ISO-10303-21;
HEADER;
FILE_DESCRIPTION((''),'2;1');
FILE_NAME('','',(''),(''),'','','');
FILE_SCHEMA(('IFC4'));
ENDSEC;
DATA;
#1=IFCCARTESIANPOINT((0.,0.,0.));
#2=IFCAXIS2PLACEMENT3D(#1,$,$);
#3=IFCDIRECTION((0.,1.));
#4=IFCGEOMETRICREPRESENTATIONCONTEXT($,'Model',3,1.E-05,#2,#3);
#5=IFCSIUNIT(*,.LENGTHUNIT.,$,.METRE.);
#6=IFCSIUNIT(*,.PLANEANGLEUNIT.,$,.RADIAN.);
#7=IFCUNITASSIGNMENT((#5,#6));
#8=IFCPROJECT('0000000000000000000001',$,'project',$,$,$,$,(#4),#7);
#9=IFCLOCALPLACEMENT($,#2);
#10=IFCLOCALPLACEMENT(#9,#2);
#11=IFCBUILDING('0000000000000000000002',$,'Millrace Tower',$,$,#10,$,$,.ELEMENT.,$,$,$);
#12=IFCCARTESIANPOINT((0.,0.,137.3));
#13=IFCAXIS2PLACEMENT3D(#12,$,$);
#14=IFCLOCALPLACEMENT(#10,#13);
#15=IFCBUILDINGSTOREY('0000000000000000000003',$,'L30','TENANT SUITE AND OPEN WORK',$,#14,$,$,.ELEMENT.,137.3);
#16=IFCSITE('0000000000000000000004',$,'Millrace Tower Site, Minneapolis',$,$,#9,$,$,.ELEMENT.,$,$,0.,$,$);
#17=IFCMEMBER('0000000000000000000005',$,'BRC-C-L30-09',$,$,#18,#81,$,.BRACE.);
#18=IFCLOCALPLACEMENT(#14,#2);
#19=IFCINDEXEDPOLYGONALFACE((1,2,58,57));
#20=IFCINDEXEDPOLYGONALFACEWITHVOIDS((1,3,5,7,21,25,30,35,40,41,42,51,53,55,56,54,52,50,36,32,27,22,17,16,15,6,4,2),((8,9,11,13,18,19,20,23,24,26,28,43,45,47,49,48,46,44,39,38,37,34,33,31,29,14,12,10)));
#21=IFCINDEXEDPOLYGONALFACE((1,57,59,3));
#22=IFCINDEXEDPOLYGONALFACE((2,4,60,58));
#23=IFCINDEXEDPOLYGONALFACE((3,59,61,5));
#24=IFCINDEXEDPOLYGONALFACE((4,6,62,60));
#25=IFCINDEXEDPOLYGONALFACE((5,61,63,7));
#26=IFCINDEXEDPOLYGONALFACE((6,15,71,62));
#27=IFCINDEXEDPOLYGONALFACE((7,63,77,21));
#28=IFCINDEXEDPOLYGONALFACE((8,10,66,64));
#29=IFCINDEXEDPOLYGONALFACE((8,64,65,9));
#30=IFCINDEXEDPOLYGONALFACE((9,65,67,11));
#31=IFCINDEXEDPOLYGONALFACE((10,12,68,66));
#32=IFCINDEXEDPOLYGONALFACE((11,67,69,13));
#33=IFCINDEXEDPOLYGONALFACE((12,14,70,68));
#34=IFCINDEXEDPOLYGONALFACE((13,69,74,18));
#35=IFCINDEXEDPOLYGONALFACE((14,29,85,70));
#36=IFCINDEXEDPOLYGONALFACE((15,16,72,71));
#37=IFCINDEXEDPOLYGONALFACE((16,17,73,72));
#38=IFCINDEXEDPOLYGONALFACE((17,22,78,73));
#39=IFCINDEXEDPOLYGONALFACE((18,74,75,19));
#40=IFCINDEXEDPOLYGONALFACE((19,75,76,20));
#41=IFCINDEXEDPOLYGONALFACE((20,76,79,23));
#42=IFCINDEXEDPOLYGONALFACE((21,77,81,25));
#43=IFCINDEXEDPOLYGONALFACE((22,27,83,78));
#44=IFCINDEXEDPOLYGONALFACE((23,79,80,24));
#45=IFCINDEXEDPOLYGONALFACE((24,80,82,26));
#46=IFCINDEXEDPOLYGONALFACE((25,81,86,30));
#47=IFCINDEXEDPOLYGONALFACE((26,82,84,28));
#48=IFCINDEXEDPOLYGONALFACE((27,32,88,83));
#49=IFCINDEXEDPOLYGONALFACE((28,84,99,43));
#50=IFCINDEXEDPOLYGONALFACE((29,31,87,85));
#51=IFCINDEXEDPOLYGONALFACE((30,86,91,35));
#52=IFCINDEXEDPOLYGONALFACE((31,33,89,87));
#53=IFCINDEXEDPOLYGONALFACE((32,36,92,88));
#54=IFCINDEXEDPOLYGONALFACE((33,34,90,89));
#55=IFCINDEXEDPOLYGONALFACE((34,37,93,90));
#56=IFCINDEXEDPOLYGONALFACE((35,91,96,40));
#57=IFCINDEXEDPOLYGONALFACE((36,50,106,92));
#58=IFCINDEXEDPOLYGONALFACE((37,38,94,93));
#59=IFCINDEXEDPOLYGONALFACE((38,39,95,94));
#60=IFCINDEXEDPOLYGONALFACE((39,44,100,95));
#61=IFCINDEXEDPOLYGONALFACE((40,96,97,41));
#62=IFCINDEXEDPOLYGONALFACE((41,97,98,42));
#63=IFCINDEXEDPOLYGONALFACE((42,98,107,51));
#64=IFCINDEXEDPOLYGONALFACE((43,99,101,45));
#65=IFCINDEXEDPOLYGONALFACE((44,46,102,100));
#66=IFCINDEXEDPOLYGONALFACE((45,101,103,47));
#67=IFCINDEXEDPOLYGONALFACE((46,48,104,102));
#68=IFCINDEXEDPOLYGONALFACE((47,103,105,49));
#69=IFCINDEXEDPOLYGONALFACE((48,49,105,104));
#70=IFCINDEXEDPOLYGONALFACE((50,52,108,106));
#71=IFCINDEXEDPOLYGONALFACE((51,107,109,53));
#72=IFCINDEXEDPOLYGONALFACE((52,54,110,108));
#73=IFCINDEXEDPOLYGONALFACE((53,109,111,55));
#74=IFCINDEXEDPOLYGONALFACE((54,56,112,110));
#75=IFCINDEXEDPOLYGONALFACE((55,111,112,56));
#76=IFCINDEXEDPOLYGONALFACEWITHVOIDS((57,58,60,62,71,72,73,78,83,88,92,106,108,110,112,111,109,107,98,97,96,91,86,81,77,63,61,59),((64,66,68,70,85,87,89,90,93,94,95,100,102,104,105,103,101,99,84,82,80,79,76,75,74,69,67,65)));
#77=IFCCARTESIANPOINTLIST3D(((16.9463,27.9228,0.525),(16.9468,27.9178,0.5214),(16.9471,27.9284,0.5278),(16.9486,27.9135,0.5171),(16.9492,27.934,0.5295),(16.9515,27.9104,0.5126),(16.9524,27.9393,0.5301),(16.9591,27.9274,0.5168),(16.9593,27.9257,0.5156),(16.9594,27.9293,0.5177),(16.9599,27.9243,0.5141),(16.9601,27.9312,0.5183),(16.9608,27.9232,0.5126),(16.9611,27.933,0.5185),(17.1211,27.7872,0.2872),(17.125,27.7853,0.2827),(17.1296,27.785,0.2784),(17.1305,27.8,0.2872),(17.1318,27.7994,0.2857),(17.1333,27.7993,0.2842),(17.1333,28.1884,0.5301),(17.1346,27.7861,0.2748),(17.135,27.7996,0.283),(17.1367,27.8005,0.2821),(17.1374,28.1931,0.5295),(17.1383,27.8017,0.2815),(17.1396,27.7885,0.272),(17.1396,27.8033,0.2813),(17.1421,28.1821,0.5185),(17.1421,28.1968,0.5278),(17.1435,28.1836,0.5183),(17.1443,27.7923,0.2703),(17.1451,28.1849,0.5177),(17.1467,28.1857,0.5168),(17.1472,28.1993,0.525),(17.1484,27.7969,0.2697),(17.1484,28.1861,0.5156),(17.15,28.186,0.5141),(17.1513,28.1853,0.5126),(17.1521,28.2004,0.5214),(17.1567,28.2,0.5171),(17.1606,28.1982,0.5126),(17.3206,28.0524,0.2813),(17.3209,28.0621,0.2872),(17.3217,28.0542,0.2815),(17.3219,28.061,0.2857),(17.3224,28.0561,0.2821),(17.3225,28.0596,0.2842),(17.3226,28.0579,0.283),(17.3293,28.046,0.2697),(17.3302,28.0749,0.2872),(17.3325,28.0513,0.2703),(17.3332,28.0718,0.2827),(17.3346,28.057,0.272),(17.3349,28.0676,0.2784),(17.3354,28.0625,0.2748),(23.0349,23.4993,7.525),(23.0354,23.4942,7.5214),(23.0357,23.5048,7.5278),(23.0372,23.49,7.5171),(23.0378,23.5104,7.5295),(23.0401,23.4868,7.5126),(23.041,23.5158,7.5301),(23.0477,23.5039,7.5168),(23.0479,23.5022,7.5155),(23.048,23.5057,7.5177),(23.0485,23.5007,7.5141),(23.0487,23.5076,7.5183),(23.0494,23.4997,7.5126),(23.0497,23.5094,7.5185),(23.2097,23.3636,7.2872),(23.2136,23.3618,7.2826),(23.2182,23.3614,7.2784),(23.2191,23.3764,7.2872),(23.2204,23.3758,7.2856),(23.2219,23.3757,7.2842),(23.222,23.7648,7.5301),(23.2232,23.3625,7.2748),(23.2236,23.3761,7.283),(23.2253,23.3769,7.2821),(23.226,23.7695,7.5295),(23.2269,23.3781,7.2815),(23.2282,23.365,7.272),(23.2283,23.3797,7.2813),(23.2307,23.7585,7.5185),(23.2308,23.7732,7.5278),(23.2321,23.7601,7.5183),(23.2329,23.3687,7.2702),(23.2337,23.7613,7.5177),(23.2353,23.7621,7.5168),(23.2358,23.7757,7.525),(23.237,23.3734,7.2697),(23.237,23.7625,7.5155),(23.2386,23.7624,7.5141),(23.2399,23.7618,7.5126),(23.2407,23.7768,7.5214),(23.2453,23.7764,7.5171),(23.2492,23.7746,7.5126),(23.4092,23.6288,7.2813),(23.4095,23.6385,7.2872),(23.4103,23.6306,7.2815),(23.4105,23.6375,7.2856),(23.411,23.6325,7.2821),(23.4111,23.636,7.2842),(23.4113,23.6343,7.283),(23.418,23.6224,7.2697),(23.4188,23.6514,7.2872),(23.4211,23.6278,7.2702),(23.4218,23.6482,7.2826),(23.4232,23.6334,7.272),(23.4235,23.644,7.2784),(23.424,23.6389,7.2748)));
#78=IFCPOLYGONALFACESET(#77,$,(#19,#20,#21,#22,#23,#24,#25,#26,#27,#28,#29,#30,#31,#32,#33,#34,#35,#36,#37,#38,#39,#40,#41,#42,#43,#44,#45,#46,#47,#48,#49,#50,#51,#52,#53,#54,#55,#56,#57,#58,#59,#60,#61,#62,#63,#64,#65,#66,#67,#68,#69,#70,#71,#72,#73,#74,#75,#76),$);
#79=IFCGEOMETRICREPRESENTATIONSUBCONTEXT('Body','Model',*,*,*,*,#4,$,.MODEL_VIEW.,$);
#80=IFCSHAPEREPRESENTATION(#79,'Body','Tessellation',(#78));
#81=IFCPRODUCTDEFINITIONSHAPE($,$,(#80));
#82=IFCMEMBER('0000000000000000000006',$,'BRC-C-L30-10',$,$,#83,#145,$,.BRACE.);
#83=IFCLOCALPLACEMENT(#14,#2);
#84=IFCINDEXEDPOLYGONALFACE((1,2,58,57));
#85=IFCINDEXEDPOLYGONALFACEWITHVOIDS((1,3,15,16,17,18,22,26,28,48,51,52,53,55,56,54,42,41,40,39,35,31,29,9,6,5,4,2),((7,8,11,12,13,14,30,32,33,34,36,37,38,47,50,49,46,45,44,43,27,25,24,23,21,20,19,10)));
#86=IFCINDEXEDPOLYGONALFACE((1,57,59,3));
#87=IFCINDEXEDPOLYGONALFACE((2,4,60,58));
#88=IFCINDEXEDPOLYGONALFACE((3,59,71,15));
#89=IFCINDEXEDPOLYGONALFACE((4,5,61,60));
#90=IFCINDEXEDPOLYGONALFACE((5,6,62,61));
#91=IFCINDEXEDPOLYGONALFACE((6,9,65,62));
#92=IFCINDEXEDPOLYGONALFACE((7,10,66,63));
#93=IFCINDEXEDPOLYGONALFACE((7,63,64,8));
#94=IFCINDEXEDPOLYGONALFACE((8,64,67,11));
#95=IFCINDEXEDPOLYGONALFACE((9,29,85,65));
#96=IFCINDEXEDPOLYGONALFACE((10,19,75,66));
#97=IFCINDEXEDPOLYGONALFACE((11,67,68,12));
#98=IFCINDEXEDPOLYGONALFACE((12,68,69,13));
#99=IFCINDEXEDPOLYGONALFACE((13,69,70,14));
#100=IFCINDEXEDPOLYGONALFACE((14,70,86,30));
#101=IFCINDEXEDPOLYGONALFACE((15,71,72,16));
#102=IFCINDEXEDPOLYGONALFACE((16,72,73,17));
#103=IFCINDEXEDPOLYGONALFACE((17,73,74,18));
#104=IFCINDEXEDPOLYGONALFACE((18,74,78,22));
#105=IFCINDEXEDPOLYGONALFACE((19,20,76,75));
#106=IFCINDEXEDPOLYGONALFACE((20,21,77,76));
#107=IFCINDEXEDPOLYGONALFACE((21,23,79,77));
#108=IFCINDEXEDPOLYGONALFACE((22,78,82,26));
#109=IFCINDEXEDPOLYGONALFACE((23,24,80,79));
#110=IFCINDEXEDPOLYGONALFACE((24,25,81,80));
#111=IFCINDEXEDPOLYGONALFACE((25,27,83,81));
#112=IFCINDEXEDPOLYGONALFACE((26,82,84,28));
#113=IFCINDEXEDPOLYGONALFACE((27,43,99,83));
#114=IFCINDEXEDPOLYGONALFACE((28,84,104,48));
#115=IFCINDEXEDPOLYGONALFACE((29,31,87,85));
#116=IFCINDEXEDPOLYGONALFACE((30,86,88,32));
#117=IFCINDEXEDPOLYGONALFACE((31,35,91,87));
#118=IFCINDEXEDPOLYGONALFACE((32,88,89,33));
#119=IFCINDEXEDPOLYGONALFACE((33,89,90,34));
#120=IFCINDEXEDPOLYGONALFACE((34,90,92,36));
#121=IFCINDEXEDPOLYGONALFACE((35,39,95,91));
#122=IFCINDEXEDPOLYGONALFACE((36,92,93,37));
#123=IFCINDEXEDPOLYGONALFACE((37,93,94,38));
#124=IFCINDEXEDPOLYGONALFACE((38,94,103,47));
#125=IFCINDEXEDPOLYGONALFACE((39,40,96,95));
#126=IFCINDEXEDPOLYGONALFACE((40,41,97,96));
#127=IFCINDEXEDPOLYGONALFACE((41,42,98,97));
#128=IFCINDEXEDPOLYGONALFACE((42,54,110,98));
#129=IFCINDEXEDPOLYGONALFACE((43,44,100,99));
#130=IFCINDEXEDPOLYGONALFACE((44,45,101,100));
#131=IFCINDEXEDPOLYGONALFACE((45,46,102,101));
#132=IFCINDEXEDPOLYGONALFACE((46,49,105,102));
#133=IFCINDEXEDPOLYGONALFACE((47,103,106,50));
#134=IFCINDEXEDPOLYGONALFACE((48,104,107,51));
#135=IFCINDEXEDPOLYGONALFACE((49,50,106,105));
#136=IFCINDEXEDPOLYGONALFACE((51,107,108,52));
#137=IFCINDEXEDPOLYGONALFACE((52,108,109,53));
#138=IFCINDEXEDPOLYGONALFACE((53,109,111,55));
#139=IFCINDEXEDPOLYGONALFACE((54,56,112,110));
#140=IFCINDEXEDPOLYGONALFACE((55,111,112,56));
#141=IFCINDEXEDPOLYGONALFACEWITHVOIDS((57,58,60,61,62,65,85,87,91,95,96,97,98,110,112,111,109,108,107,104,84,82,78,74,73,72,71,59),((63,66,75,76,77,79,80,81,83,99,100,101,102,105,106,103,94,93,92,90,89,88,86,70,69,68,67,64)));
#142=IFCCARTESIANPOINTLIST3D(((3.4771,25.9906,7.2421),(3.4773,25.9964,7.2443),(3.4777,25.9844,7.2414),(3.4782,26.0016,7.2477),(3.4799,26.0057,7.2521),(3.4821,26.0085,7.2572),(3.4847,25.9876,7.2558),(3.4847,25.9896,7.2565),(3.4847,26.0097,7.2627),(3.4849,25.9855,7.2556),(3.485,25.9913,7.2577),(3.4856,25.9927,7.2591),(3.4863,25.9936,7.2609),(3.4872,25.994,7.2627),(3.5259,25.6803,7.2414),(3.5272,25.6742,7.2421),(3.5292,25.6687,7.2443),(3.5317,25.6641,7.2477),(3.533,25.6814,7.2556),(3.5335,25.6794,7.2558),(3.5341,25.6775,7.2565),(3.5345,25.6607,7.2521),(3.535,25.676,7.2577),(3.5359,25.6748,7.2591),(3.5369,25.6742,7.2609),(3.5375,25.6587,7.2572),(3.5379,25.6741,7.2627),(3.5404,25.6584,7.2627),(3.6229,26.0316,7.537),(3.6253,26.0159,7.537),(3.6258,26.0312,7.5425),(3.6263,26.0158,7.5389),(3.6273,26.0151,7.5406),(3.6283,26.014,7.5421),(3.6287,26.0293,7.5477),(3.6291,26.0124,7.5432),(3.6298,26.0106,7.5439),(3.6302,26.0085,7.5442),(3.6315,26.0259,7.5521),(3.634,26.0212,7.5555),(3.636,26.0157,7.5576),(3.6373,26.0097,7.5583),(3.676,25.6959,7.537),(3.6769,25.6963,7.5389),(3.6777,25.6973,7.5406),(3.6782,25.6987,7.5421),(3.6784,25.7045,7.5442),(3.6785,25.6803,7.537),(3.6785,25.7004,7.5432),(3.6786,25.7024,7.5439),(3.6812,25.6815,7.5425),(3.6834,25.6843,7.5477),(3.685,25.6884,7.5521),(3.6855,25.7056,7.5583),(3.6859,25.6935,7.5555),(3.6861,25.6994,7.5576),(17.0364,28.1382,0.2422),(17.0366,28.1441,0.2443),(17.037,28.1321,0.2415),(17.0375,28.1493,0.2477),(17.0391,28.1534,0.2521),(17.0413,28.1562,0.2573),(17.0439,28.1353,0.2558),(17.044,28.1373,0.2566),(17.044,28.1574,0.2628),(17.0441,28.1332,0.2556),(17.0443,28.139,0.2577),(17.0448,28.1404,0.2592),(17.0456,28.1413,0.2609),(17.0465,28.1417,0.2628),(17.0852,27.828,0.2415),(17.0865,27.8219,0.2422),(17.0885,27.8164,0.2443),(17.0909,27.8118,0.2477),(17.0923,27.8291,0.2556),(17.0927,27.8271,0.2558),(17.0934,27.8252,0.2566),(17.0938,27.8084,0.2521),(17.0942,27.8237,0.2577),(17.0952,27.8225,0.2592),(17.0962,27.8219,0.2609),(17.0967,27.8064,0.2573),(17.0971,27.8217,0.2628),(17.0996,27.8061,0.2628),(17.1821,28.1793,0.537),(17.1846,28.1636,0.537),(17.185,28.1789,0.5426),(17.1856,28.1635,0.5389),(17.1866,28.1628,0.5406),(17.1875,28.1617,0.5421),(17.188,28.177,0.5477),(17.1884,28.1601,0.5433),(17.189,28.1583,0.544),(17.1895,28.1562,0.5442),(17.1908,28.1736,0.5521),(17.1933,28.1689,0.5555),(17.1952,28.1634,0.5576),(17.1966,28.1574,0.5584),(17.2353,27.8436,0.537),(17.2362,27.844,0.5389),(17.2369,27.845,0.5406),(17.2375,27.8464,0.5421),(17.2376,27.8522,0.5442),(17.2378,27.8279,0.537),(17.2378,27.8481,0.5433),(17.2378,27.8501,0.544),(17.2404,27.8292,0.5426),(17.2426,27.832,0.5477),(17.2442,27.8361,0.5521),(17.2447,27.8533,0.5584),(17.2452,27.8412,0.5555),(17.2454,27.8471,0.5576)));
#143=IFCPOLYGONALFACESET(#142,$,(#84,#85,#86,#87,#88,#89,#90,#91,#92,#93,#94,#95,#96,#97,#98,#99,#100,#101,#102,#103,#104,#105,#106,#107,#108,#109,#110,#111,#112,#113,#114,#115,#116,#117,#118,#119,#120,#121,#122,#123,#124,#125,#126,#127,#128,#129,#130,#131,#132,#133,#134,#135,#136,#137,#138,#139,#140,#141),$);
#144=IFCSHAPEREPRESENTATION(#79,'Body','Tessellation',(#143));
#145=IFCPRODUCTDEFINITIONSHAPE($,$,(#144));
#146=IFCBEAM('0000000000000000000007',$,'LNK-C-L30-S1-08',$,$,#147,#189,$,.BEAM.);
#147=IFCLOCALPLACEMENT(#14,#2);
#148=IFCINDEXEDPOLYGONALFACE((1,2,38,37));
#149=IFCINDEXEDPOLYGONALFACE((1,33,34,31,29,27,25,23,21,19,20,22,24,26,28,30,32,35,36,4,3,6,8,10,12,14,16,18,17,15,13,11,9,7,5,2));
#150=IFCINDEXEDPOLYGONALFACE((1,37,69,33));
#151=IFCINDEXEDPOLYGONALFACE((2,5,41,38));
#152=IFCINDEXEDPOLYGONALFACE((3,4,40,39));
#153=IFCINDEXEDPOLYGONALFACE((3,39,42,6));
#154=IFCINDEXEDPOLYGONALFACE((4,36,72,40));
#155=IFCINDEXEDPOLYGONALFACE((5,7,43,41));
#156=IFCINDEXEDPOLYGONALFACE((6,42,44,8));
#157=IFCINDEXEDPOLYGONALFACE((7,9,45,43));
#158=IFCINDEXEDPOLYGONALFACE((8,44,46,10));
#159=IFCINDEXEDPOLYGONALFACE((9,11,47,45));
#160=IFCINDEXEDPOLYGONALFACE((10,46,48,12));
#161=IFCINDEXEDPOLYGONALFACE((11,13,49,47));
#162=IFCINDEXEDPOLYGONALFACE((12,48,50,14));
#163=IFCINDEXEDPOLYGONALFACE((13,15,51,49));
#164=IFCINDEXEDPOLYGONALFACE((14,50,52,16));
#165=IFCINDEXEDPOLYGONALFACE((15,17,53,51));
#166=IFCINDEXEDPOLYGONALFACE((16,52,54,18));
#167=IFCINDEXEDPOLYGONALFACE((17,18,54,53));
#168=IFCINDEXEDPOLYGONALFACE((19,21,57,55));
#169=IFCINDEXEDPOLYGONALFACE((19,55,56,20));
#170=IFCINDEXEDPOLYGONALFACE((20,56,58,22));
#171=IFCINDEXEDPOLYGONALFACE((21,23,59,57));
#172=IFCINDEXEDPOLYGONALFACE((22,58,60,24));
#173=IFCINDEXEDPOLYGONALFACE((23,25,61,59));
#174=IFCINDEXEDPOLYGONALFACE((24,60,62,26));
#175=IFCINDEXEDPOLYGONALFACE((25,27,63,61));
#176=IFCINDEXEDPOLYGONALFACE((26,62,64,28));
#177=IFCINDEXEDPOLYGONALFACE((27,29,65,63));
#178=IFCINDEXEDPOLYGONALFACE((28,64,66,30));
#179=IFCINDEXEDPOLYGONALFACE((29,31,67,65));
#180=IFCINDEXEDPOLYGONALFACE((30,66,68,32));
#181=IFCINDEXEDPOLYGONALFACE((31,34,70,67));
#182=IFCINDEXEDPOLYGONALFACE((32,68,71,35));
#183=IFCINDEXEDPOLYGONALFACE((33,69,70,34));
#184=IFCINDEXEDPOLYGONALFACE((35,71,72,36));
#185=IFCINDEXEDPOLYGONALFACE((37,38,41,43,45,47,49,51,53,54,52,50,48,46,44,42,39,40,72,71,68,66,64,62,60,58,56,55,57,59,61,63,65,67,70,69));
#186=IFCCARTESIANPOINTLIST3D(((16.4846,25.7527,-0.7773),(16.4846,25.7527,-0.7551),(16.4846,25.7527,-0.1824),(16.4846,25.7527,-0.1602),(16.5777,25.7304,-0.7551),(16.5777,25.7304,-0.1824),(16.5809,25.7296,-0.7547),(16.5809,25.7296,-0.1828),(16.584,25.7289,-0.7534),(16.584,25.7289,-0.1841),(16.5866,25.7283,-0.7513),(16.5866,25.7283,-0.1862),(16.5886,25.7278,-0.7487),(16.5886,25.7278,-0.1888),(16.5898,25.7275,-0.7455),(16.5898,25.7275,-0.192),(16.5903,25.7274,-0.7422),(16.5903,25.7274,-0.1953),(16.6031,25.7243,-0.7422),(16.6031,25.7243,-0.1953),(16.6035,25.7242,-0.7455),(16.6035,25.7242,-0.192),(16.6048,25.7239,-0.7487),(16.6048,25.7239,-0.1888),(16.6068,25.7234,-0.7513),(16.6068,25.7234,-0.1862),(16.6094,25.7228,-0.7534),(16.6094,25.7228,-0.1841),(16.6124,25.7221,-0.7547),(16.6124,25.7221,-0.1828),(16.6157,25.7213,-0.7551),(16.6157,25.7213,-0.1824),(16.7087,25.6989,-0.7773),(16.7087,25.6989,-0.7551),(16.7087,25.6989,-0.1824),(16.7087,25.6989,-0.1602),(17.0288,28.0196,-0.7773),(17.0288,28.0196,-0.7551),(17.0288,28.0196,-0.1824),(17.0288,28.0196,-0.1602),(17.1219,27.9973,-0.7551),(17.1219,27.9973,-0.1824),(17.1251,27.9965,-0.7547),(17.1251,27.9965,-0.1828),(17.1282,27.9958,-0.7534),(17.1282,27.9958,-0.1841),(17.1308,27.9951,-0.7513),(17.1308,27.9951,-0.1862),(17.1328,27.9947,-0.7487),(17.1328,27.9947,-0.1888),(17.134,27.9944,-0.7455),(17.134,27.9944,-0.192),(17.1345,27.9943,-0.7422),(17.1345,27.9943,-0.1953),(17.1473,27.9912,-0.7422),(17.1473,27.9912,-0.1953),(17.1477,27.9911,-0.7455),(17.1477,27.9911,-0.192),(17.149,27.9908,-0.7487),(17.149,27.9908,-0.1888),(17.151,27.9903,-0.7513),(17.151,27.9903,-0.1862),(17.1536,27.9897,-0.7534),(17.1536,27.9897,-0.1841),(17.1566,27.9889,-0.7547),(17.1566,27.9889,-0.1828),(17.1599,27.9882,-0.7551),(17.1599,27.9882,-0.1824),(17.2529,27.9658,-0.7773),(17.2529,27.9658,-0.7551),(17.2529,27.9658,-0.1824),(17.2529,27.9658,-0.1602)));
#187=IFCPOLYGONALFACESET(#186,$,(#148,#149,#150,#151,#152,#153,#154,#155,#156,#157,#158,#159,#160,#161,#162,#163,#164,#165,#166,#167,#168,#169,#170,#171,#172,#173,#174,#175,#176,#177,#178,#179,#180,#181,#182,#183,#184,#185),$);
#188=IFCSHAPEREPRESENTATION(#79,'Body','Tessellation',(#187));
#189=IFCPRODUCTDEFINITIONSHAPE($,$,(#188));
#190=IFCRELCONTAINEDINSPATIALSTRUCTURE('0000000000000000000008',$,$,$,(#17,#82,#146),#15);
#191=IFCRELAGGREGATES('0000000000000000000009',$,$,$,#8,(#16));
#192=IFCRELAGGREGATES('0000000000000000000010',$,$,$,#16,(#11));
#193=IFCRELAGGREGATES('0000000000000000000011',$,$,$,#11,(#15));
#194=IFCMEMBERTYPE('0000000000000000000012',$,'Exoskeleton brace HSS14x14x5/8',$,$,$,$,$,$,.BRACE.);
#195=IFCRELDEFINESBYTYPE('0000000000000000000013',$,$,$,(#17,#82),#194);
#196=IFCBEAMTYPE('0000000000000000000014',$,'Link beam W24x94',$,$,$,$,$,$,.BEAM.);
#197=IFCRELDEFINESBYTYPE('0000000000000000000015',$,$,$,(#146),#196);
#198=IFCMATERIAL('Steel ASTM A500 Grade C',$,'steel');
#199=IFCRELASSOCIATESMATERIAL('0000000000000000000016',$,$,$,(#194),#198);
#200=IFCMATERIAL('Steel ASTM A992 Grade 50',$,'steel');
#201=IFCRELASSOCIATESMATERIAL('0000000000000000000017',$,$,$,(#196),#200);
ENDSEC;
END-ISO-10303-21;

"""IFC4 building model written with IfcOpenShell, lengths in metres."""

from ifc_helpers import new_model, si_unit, direction, frame, origin, origin_2d, place, context, subcontext, project, spatial, hollow_rectangle, i_section, extrude, material, material_profile, profile_set, type_object, element, save


model = new_model("IFC4")

# Units and contexts
model_context = context("Model", 3, precision=1e-05, world=origin(), true_north=direction((0.0, 1.0)))
body_context = subcontext(model_context, "Body", "Model", "MODEL_VIEW")
ifc_project = project(units=[si_unit("LENGTHUNIT", "METRE"), si_unit("PLANEANGLEUNIT", "RADIAN")], contexts=[model_context])

# Site, building, storey
site_placement = place(None, origin())
site = spatial("IfcSite", under=ifc_project, at=site_placement, Name="Millrace Tower Site, Minneapolis", CompositionType="ELEMENT", RefElevation=0.0)
building_placement = place(site_placement, origin())
building = spatial("IfcBuilding", under=site, at=building_placement, Name="Millrace Tower", CompositionType="ELEMENT")
storey_placement = place(building_placement, frame((0.0, 0.0, 137.3)))
storey = spatial("IfcBuildingStorey", under=building, at=storey_placement, Name="L30", Description="TENANT SUITE AND OPEN WORK", CompositionType="ELEMENT", Elevation=137.3)

# Members
ifc_material_1 = material(Name="Steel ASTM A500 Grade C", Category="steel")
ifc_material_profile_1 = material_profile(ifc_material_1, hollow_rectangle(XDim=0.3557, YDim=0.3557, WallThickness=0.0159, InnerFilletRadius=0.0081, OuterFilletRadius=0.0239, at=origin_2d()))
ifc_profile_set_1 = profile_set([ifc_material_profile_1], Name="Steel ASTM A500 Grade C")
member_type_1 = type_object("IfcMemberType", Name="Exoskeleton brace HSS14x14x5/8", PredefinedType="BRACE", material=ifc_profile_set_1)
member_1_placement = place(storey_placement, frame((17.1409, 27.9927, 0.3999), z_axis=(0.592388, -0.430389, 0.681059), x_axis=(0.58778, 0.809021, 0.0)))
element("IfcMember", 1, at=member_1_placement, inside=storey, type_object=member_type_1, Name="BRC-C-L30-09", PredefinedType="BRACE", context=body_context, shape_type="SweptSolid", body=[
    extrude(hollow_rectangle(XDim=0.3557, YDim=0.3557, WallThickness=0.0159, InnerFilletRadius=0.0081, OuterFilletRadius=0.0239, at=origin_2d()), origin(), (0.0, 0.0, 1.0), 10.2781),
])
member_2_placement = place(storey_placement, frame((17.1409, 27.9927, 0.3999), z_axis=(-0.879905, -0.139371, 0.454251), x_axis=(0.156443, -0.987687, 0.0)))
element("IfcMember", 2, at=member_2_placement, inside=storey, type_object=member_type_1, Name="BRC-C-L30-10", PredefinedType="BRACE", context=body_context, shape_type="SweptSolid", body=[
    extrude(hollow_rectangle(XDim=0.3557, YDim=0.3557, WallThickness=0.0159, InnerFilletRadius=0.0081, OuterFilletRadius=0.0239, at=origin_2d()), origin(), (0.0, 0.0, 1.0), 15.4099),
])

# Beam
ifc_material_2 = material(Name="Steel ASTM A992 Grade 50", Category="steel")
ifc_material_profile_2 = material_profile(ifc_material_2, i_section(OverallWidth=0.2305, OverallDepth=0.6172, WebThickness=0.0132, FlangeThickness=0.0222, FilletRadius=0.0129, at=origin_2d()))
ifc_profile_set_2 = profile_set([ifc_material_profile_2], Name="Steel ASTM A992 Grade 50")
beam_type_1 = type_object("IfcBeamType", Name="Link beam W24x94", PredefinedType="BEAM", material=ifc_profile_set_2)
beam_1_placement = place(storey_placement, frame((16.5967, 25.7258, -0.4688), z_axis=(0.233432, 0.972373, 0.0), x_axis=(-0.972373, 0.233432, 0.0)))
element("IfcBeam", 3, at=beam_1_placement, inside=storey, type_object=beam_type_1, Name="LNK-C-L30-S1-08", PredefinedType="BEAM", context=body_context, shape_type="SweptSolid", body=[
    extrude(i_section(OverallWidth=0.2305, OverallDepth=0.6172, WebThickness=0.0132, FlangeThickness=0.0222, FilletRadius=0.0129, at=origin_2d()), origin(), (0.0, 0.0, 1.0), 2.3313),
])

save(model, "model.ifc")
